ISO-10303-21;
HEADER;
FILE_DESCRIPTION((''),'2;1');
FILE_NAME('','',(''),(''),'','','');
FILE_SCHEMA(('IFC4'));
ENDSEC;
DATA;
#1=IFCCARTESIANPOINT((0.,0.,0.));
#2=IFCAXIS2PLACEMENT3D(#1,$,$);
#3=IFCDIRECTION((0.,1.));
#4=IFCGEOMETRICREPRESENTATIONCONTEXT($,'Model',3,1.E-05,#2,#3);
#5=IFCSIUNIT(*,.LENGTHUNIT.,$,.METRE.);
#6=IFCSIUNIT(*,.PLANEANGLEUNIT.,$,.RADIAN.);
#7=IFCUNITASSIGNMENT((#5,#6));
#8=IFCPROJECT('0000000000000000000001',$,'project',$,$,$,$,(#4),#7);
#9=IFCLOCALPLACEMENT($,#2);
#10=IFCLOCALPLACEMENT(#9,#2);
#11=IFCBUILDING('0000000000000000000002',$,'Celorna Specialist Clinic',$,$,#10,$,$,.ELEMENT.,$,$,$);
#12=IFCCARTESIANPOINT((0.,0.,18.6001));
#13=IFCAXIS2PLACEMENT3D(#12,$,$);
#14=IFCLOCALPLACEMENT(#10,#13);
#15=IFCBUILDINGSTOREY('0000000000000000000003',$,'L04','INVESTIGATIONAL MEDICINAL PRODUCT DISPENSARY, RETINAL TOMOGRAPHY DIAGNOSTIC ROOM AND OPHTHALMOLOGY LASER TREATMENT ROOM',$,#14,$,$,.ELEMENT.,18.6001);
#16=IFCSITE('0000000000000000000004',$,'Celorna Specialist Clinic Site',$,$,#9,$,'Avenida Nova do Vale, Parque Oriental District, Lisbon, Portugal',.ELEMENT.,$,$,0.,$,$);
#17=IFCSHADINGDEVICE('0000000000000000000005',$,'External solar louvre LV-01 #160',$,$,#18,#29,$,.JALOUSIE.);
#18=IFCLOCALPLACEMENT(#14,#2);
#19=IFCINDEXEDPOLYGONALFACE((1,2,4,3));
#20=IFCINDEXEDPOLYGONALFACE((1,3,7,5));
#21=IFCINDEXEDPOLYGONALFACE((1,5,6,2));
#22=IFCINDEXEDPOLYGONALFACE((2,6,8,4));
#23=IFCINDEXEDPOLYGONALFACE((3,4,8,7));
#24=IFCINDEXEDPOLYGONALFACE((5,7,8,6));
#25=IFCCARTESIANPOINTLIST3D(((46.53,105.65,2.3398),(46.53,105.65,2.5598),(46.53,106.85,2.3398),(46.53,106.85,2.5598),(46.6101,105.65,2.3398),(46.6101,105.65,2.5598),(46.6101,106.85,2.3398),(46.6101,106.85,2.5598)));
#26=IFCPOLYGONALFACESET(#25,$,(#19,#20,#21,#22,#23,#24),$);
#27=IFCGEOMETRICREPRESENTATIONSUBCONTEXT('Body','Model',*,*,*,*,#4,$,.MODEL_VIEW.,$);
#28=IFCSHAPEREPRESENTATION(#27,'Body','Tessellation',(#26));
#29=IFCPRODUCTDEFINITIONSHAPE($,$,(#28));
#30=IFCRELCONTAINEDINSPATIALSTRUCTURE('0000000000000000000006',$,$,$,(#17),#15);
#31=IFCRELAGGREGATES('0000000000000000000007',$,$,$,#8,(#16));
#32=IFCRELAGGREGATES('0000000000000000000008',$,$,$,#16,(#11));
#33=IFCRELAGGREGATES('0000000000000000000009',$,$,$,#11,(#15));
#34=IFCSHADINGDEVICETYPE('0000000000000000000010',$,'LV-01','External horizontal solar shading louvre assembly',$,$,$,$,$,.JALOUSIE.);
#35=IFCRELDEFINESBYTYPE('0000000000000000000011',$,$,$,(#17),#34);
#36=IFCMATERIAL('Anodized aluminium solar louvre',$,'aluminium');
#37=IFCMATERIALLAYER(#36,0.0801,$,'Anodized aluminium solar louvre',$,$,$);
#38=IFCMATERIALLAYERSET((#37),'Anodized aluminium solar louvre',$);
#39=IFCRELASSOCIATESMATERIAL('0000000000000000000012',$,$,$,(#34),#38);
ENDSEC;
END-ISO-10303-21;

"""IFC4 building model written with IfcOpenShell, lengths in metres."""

from ifc_helpers import new_model, si_unit, direction, frame, origin, origin_2d, place, context, subcontext, project, spatial, rectangle, extrude, material, layer, layer_set, type_object, element, save


model = new_model("IFC4")

# Units and contexts
model_context = context("Model", 3, precision=1e-05, world=origin(), true_north=direction((0.0, 1.0)))
body_context = subcontext(model_context, "Body", "Model", "MODEL_VIEW")
ifc_project = project(units=[si_unit("LENGTHUNIT", "METRE"), si_unit("PLANEANGLEUNIT", "RADIAN")], contexts=[model_context])

# Site, building, storey
site_placement = place(None, origin())
site = spatial("IfcSite", under=ifc_project, at=site_placement, Name="Celorna Specialist Clinic Site", LongName="Avenida Nova do Vale, Parque Oriental District, Lisbon, Portugal", CompositionType="ELEMENT", RefElevation=0.0)
building_placement = place(site_placement, origin())
building = spatial("IfcBuilding", under=site, at=building_placement, Name="Celorna Specialist Clinic", CompositionType="ELEMENT")
storey_placement = place(building_placement, frame((0.0, 0.0, 18.6001)))
storey = spatial("IfcBuildingStorey", under=building, at=storey_placement, Name="L04", Description="INVESTIGATIONAL MEDICINAL PRODUCT DISPENSARY, RETINAL TOMOGRAPHY DIAGNOSTIC ROOM AND OPHTHALMOLOGY LASER TREATMENT ROOM", CompositionType="ELEMENT", Elevation=18.6001)

# Shading device
ifc_material_1 = material(Name="Anodized aluminium solar louvre", Category="aluminium")
ifc_layer_1 = layer(ifc_material_1, 0.0801, Name="Anodized aluminium solar louvre")
ifc_layer_set_1 = layer_set([ifc_layer_1], Name="Anodized aluminium solar louvre")
shading_device_type = type_object("IfcShadingDeviceType", Name="LV-01", Description="External horizontal solar shading louvre assembly", PredefinedType="JALOUSIE", material=ifc_layer_set_1)
shading_device_placement = place(storey_placement, frame((46.5701, 106.25, 2.3398), z_axis=(0.0, 0.0, 1.0), x_axis=(0.0, 1.0, 0.0)))
element("IfcShadingDevice", 1, at=shading_device_placement, inside=storey, type_object=shading_device_type, Name="External solar louvre LV-01 #160", PredefinedType="JALOUSIE", context=body_context, shape_type="SweptSolid", body=[
    extrude(rectangle(XDim=1.2, YDim=0.0801, at=origin_2d()), origin(), (0.0, 0.0, 1.0), 0.22),
])

save(model, "model.ifc")
